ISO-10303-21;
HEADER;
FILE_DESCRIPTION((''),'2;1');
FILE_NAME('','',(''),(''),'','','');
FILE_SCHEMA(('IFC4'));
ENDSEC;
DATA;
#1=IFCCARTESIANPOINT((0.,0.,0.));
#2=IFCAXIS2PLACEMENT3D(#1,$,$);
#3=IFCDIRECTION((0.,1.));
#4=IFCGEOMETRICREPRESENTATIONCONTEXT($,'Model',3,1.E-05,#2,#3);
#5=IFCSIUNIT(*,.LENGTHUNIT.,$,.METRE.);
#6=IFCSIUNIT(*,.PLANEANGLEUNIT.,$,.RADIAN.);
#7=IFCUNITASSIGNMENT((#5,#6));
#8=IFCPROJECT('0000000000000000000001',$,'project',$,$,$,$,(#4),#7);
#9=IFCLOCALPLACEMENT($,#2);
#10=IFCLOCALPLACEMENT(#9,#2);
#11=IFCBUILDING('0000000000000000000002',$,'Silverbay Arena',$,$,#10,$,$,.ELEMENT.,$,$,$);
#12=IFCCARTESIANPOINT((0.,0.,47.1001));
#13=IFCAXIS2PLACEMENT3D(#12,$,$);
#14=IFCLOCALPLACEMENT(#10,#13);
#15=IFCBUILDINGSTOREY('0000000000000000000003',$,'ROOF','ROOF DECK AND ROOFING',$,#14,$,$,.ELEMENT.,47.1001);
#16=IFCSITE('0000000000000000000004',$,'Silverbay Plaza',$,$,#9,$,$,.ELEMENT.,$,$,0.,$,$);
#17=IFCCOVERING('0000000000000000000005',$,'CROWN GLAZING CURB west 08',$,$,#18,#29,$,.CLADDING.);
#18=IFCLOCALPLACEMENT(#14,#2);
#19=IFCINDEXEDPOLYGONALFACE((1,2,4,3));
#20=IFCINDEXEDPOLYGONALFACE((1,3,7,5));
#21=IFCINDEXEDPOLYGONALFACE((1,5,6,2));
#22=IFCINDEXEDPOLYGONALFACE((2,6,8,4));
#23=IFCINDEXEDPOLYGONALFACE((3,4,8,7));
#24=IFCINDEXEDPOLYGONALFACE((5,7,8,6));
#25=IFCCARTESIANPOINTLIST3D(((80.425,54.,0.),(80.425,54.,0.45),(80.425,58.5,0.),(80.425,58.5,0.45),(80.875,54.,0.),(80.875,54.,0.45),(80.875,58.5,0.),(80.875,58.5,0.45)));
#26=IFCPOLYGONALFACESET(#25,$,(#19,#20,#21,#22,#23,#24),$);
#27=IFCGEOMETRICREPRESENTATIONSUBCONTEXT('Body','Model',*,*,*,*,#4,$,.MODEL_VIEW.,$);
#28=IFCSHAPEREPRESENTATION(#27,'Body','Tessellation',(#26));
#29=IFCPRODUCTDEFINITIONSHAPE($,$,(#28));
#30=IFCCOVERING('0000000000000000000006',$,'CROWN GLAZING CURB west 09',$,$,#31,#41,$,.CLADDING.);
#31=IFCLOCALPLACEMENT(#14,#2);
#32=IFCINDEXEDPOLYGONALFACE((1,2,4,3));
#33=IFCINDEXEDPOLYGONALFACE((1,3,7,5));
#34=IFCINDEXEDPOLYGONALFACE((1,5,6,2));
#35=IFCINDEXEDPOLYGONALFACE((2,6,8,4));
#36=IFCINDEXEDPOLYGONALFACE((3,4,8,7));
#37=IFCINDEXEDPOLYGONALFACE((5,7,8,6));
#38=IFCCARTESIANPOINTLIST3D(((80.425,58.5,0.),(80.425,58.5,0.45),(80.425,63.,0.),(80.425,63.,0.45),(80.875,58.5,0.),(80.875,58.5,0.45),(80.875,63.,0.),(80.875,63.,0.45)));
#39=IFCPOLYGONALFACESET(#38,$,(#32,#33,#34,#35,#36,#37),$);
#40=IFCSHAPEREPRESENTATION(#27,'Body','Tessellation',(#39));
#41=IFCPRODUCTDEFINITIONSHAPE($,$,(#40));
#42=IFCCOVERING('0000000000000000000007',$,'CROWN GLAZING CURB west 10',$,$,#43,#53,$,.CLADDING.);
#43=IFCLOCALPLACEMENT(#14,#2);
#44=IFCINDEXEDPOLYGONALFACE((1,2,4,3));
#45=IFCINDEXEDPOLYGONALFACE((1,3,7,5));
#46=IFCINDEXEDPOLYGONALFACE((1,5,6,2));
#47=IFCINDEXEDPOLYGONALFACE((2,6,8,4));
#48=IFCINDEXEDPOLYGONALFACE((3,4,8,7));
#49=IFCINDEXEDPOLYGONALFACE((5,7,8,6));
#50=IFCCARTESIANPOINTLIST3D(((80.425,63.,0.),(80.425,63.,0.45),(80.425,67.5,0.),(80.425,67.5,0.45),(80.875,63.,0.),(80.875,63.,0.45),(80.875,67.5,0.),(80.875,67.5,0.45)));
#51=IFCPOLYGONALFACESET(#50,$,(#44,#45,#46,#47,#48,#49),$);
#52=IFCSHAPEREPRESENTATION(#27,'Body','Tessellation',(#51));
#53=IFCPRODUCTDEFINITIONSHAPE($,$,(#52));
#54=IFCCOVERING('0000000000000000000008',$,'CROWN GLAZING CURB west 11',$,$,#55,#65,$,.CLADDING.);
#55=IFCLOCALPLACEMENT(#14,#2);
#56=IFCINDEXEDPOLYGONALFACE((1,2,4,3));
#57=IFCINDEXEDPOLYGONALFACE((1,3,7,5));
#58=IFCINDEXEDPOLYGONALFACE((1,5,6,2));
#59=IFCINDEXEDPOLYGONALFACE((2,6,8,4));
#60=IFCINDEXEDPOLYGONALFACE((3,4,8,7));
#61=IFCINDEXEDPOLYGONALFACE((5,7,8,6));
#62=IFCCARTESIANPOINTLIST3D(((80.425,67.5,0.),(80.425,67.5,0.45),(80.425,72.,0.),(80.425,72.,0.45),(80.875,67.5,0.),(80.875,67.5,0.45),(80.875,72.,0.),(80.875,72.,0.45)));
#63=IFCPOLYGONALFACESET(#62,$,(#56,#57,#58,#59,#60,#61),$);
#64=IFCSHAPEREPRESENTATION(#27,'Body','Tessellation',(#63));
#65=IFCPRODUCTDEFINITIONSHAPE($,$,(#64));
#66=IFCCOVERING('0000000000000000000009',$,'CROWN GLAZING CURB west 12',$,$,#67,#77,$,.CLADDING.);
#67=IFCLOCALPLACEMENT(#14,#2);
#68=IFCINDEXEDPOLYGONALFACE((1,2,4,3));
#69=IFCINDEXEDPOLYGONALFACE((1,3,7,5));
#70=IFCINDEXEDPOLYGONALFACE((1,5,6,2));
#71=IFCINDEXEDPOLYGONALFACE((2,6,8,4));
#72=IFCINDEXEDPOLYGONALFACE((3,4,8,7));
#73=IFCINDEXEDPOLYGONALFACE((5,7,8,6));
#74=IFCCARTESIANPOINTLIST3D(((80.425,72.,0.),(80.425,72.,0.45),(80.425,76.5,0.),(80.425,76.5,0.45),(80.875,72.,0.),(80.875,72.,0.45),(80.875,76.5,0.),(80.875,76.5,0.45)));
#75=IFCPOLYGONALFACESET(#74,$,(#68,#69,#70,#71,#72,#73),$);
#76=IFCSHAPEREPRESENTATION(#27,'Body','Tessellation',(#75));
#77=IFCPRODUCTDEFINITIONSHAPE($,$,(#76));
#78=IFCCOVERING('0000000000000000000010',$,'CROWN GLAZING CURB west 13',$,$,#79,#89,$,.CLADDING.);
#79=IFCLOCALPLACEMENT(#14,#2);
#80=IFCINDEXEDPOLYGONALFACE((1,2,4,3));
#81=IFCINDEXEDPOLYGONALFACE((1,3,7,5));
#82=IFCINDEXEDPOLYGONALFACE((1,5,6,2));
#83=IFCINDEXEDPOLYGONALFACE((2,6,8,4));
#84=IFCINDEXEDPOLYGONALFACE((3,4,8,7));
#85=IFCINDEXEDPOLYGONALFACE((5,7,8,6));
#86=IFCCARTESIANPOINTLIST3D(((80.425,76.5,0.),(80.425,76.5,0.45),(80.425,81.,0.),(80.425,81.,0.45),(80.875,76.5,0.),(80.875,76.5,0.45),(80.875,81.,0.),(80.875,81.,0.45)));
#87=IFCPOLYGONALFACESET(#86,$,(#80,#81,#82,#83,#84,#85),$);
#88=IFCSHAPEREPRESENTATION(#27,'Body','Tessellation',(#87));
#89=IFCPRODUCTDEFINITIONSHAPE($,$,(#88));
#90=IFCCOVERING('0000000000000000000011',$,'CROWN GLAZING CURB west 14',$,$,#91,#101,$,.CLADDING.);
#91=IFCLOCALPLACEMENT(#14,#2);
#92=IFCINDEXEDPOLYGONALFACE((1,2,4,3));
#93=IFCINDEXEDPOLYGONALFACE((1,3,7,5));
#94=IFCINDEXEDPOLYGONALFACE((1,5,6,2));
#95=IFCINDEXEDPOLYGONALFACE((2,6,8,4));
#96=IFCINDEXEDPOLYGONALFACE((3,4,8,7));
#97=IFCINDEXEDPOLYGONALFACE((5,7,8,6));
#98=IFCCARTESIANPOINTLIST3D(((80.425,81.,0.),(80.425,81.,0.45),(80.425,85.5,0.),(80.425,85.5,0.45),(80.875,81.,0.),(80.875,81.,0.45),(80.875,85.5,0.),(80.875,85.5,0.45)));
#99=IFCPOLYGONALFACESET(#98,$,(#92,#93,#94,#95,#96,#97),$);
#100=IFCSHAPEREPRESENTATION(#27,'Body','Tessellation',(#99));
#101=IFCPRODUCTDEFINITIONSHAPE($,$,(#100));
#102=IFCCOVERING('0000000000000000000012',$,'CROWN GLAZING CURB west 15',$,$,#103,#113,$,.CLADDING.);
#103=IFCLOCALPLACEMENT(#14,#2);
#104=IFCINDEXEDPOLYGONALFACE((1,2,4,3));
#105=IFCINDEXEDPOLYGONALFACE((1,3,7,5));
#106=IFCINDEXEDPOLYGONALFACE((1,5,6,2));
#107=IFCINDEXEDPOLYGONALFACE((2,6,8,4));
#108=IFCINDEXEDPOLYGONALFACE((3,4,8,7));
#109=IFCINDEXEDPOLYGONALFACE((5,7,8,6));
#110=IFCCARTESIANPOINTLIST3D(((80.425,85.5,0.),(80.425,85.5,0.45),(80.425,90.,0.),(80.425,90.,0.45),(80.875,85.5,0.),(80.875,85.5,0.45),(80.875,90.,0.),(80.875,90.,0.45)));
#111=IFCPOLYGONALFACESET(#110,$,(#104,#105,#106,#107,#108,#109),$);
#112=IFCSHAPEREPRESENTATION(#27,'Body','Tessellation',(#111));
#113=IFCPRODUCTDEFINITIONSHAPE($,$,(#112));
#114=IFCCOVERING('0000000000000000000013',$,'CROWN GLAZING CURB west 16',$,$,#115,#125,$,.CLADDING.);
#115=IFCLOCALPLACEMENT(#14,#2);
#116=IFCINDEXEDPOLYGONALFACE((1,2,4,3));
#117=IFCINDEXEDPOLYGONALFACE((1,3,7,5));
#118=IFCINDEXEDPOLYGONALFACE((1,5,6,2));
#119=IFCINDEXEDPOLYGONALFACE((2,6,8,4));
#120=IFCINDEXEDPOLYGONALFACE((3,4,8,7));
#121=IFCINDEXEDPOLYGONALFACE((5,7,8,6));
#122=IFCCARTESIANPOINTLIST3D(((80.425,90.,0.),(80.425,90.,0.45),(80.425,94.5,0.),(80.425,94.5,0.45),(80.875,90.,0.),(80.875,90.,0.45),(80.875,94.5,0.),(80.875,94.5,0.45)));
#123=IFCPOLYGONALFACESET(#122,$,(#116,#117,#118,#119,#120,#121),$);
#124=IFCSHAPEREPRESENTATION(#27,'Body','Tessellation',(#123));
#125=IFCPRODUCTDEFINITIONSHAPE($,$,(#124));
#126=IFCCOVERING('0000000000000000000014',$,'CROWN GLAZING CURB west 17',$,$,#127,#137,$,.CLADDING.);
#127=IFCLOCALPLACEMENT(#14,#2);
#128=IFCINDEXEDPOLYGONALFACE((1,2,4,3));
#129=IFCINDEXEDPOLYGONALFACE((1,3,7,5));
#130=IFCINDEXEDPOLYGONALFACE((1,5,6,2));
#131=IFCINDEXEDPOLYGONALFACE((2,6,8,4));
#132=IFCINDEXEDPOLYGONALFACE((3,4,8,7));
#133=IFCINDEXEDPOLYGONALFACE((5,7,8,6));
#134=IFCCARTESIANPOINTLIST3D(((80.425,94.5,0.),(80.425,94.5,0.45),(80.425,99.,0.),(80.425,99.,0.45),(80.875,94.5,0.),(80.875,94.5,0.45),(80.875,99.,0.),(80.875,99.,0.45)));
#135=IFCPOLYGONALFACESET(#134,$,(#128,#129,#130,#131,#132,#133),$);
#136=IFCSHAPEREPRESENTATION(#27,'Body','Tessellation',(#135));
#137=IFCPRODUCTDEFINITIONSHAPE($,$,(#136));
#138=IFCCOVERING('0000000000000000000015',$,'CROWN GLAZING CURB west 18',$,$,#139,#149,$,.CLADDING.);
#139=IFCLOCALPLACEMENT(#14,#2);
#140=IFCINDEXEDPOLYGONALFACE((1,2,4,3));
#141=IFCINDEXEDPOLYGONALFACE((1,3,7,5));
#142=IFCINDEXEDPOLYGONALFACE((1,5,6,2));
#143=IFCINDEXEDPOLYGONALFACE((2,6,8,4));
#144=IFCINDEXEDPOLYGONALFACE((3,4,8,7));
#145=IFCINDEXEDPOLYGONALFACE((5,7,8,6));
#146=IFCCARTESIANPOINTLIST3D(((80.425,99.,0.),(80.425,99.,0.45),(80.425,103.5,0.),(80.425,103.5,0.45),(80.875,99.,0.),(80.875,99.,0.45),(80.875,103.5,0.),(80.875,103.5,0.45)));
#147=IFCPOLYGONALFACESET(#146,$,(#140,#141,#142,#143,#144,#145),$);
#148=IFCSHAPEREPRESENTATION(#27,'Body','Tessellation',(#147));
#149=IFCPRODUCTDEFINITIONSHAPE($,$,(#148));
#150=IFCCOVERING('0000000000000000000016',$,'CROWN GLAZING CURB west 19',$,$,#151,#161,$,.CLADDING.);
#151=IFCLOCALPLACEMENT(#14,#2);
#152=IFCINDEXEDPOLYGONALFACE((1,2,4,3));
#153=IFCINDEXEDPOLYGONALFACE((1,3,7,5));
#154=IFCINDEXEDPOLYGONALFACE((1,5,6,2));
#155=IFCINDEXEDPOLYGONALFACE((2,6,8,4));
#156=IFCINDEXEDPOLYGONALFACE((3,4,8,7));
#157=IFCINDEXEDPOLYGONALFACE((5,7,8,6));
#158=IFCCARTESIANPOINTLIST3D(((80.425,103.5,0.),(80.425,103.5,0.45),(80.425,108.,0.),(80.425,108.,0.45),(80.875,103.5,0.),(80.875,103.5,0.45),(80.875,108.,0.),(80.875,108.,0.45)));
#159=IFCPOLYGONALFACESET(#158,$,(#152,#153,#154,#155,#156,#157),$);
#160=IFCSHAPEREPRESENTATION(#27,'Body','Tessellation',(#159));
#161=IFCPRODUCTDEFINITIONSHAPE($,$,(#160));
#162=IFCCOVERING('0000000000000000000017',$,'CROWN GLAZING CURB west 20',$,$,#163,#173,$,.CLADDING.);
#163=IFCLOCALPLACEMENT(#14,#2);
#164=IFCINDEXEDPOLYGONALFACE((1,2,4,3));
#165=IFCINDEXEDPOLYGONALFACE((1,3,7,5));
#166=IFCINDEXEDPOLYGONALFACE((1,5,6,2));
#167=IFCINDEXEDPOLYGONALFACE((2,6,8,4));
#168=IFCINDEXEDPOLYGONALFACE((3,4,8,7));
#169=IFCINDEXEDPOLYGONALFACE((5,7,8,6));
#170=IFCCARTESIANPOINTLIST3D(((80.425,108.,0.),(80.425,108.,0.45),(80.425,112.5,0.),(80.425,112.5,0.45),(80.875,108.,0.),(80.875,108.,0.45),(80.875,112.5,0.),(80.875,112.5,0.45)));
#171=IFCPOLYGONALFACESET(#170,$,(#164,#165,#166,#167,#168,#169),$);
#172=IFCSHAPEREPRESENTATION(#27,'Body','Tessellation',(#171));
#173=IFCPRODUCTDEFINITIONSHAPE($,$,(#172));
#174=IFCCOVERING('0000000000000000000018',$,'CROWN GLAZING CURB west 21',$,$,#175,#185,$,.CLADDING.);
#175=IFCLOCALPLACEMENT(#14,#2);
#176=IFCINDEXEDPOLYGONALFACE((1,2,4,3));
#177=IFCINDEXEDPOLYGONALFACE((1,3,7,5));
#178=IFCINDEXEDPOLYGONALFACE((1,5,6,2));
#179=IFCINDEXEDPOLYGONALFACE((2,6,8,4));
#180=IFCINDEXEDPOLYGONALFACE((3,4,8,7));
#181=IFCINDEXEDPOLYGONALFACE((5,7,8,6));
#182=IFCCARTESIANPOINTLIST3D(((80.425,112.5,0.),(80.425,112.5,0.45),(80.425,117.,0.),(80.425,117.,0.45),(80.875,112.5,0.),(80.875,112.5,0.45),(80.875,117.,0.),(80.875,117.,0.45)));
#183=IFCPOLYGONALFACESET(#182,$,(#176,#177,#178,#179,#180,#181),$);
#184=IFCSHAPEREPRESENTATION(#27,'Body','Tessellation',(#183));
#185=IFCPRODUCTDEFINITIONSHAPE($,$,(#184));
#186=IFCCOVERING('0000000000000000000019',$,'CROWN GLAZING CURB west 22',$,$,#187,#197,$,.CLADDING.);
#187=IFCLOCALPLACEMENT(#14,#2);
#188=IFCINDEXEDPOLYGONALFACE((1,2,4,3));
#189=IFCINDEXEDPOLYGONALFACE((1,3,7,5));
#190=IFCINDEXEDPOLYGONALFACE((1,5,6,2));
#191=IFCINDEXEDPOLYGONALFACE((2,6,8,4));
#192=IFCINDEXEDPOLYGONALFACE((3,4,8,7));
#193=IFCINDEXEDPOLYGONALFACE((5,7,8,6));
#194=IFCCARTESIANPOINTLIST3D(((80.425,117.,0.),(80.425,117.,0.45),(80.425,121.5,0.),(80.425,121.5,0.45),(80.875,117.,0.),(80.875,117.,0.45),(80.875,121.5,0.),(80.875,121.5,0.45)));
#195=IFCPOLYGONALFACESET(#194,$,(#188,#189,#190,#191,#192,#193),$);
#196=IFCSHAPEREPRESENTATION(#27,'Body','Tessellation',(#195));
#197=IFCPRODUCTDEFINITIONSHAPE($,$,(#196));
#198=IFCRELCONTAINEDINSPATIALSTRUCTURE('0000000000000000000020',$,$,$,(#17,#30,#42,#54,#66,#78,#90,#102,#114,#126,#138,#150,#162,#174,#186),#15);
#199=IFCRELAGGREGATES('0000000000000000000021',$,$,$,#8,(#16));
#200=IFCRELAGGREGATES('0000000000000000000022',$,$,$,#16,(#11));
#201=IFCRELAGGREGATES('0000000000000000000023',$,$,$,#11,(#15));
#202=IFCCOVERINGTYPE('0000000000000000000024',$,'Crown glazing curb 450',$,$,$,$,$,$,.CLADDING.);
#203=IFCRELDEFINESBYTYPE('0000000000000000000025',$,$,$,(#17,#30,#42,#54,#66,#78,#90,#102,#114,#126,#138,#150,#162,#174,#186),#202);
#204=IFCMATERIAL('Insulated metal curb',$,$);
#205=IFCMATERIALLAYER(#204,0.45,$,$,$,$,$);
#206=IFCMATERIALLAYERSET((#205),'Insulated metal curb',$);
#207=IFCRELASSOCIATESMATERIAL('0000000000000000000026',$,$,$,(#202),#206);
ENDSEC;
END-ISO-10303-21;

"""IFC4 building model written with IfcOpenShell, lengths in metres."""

from ifc_helpers import new_model, si_unit, direction, frame, origin, place, context, subcontext, project, spatial, polyline, outline, extrude, material, layer, layer_set, type_object, element, save


model = new_model("IFC4")

# Units and contexts
model_context = context("Model", 3, precision=1e-05, world=origin(), true_north=direction((0.0, 1.0)))
body_context = subcontext(model_context, "Body", "Model", "MODEL_VIEW")
ifc_project = project(units=[si_unit("LENGTHUNIT", "METRE"), si_unit("PLANEANGLEUNIT", "RADIAN")], contexts=[model_context])

# Site, building, storey
site_placement = place(None, origin())
site = spatial("IfcSite", under=ifc_project, at=site_placement, Name="Silverbay Plaza", CompositionType="ELEMENT", RefElevation=0.0)
building_placement = place(site_placement, origin())
building = spatial("IfcBuilding", under=site, at=building_placement, Name="Silverbay Arena", CompositionType="ELEMENT")
storey_placement = place(building_placement, frame((0.0, 0.0, 47.1001)))
storey = spatial("IfcBuildingStorey", under=building, at=storey_placement, Name="ROOF", Description="ROOF DECK AND ROOFING", CompositionType="ELEMENT", Elevation=47.1001)

# Coverings
ifc_material = material(Name="Insulated metal curb")
ifc_layer = layer(ifc_material, 0.45)
ifc_layer_set = layer_set([ifc_layer], Name="Insulated metal curb")
covering_type = type_object("IfcCoveringType", Name="Crown glazing curb 450", PredefinedType="CLADDING", material=ifc_layer_set)
covering_1_placement = place(storey_placement, origin())
element("IfcCovering", 1, at=covering_1_placement, inside=storey, type_object=covering_type, Name="CROWN GLAZING CURB west 08", PredefinedType="CLADDING", context=body_context, shape_type="SweptSolid", body=[
    extrude(outline(polyline([(80.425, 54.0), (80.875, 54.0), (80.875, 58.5), (80.425, 58.5), (80.425, 54.0)])), origin(), (0.0, 0.0, 1.0), 0.45),
])
covering_2_placement = place(storey_placement, origin())
element("IfcCovering", 2, at=covering_2_placement, inside=storey, type_object=covering_type, Name="CROWN GLAZING CURB west 09", PredefinedType="CLADDING", context=body_context, shape_type="SweptSolid", body=[
    extrude(outline(polyline([(80.425, 58.5), (80.875, 58.5), (80.875, 63.0), (80.425, 63.0), (80.425, 58.5)])), origin(), (0.0, 0.0, 1.0), 0.45),
])
covering_3_placement = place(storey_placement, origin())
element("IfcCovering", 3, at=covering_3_placement, inside=storey, type_object=covering_type, Name="CROWN GLAZING CURB west 10", PredefinedType="CLADDING", context=body_context, shape_type="SweptSolid", body=[
    extrude(outline(polyline([(80.425, 63.0), (80.875, 63.0), (80.875, 67.5), (80.425, 67.5), (80.425, 63.0)])), origin(), (0.0, 0.0, 1.0), 0.45),
])
covering_4_placement = place(storey_placement, origin())
element("IfcCovering", 4, at=covering_4_placement, inside=storey, type_object=covering_type, Name="CROWN GLAZING CURB west 11", PredefinedType="CLADDING", context=body_context, shape_type="SweptSolid", body=[
    extrude(outline(polyline([(80.425, 67.5), (80.875, 67.5), (80.875, 72.0), (80.425, 72.0), (80.425, 67.5)])), origin(), (0.0, 0.0, 1.0), 0.45),
])
covering_5_placement = place(storey_placement, origin())
element("IfcCovering", 5, at=covering_5_placement, inside=storey, type_object=covering_type, Name="CROWN GLAZING CURB west 12", PredefinedType="CLADDING", context=body_context, shape_type="SweptSolid", body=[
    extrude(outline(polyline([(80.425, 72.0), (80.875, 72.0), (80.875, 76.5), (80.425, 76.5), (80.425, 72.0)])), origin(), (0.0, 0.0, 1.0), 0.45),
])
covering_6_placement = place(storey_placement, origin())
element("IfcCovering", 6, at=covering_6_placement, inside=storey, type_object=covering_type, Name="CROWN GLAZING CURB west 13", PredefinedType="CLADDING", context=body_context, shape_type="SweptSolid", body=[
    extrude(outline(polyline([(80.425, 76.5), (80.875, 76.5), (80.875, 81.0), (80.425, 81.0), (80.425, 76.5)])), origin(), (0.0, 0.0, 1.0), 0.45),
])
covering_7_placement = place(storey_placement, origin())
element("IfcCovering", 7, at=covering_7_placement, inside=storey, type_object=covering_type, Name="CROWN GLAZING CURB west 14", PredefinedType="CLADDING", context=body_context, shape_type="SweptSolid", body=[
    extrude(outline(polyline([(80.425, 81.0), (80.875, 81.0), (80.875, 85.5), (80.425, 85.5), (80.425, 81.0)])), origin(), (0.0, 0.0, 1.0), 0.45),
])
covering_8_placement = place(storey_placement, origin())
element("IfcCovering", 8, at=covering_8_placement, inside=storey, type_object=covering_type, Name="CROWN GLAZING CURB west 15", PredefinedType="CLADDING", context=body_context, shape_type="SweptSolid", body=[
    extrude(outline(polyline([(80.425, 85.5), (80.875, 85.5), (80.875, 90.0), (80.425, 90.0), (80.425, 85.5)])), origin(), (0.0, 0.0, 1.0), 0.45),
])
covering_9_placement = place(storey_placement, origin())
element("IfcCovering", 9, at=covering_9_placement, inside=storey, type_object=covering_type, Name="CROWN GLAZING CURB west 16", PredefinedType="CLADDING", context=body_context, shape_type="SweptSolid", body=[
    extrude(outline(polyline([(80.425, 90.0), (80.875, 90.0), (80.875, 94.5), (80.425, 94.5), (80.425, 90.0)])), origin(), (0.0, 0.0, 1.0), 0.45),
])
covering_10_placement = place(storey_placement, origin())
element("IfcCovering", 10, at=covering_10_placement, inside=storey, type_object=covering_type, Name="CROWN GLAZING CURB west 17", PredefinedType="CLADDING", context=body_context, shape_type="SweptSolid", body=[
    extrude(outline(polyline([(80.425, 94.5), (80.875, 94.5), (80.875, 99.0), (80.425, 99.0), (80.425, 94.5)])), origin(), (0.0, 0.0, 1.0), 0.45),
])
covering_11_placement = place(storey_placement, origin())
element("IfcCovering", 11, at=covering_11_placement, inside=storey, type_object=covering_type, Name="CROWN GLAZING CURB west 18", PredefinedType="CLADDING", context=body_context, shape_type="SweptSolid", body=[
    extrude(outline(polyline([(80.425, 99.0), (80.875, 99.0), (80.875, 103.5), (80.425, 103.5), (80.425, 99.0)])), origin(), (0.0, 0.0, 1.0), 0.45),
])
covering_12_placement = place(storey_placement, origin())
element("IfcCovering", 12, at=covering_12_placement, inside=storey, type_object=covering_type, Name="CROWN GLAZING CURB west 19", PredefinedType="CLADDING", context=body_context, shape_type="SweptSolid", body=[
    extrude(outline(polyline([(80.425, 103.5), (80.875, 103.5), (80.875, 108.0), (80.425, 108.0), (80.425, 103.5)])), origin(), (0.0, 0.0, 1.0), 0.45),
])
covering_13_placement = place(storey_placement, origin())
element("IfcCovering", 13, at=covering_13_placement, inside=storey, type_object=covering_type, Name="CROWN GLAZING CURB west 20", PredefinedType="CLADDING", context=body_context, shape_type="SweptSolid", body=[
    extrude(outline(polyline([(80.425, 108.0), (80.875, 108.0), (80.875, 112.5), (80.425, 112.5), (80.425, 108.0)])), origin(), (0.0, 0.0, 1.0), 0.45),
])
covering_14_placement = place(storey_placement, origin())
element("IfcCovering", 14, at=covering_14_placement, inside=storey, type_object=covering_type, Name="CROWN GLAZING CURB west 21", PredefinedType="CLADDING", context=body_context, shape_type="SweptSolid", body=[
    extrude(outline(polyline([(80.425, 112.5), (80.875, 112.5), (80.875, 117.0), (80.425, 117.0), (80.425, 112.5)])), origin(), (0.0, 0.0, 1.0), 0.45),
])
covering_15_placement = place(storey_placement, origin())
element("IfcCovering", 15, at=covering_15_placement, inside=storey, type_object=covering_type, Name="CROWN GLAZING CURB west 22", PredefinedType="CLADDING", context=body_context, shape_type="SweptSolid", body=[
    extrude(outline(polyline([(80.425, 117.0), (80.875, 117.0), (80.875, 121.5), (80.425, 121.5), (80.425, 117.0)])), origin(), (0.0, 0.0, 1.0), 0.45),
])

save(model, "model.ifc")
